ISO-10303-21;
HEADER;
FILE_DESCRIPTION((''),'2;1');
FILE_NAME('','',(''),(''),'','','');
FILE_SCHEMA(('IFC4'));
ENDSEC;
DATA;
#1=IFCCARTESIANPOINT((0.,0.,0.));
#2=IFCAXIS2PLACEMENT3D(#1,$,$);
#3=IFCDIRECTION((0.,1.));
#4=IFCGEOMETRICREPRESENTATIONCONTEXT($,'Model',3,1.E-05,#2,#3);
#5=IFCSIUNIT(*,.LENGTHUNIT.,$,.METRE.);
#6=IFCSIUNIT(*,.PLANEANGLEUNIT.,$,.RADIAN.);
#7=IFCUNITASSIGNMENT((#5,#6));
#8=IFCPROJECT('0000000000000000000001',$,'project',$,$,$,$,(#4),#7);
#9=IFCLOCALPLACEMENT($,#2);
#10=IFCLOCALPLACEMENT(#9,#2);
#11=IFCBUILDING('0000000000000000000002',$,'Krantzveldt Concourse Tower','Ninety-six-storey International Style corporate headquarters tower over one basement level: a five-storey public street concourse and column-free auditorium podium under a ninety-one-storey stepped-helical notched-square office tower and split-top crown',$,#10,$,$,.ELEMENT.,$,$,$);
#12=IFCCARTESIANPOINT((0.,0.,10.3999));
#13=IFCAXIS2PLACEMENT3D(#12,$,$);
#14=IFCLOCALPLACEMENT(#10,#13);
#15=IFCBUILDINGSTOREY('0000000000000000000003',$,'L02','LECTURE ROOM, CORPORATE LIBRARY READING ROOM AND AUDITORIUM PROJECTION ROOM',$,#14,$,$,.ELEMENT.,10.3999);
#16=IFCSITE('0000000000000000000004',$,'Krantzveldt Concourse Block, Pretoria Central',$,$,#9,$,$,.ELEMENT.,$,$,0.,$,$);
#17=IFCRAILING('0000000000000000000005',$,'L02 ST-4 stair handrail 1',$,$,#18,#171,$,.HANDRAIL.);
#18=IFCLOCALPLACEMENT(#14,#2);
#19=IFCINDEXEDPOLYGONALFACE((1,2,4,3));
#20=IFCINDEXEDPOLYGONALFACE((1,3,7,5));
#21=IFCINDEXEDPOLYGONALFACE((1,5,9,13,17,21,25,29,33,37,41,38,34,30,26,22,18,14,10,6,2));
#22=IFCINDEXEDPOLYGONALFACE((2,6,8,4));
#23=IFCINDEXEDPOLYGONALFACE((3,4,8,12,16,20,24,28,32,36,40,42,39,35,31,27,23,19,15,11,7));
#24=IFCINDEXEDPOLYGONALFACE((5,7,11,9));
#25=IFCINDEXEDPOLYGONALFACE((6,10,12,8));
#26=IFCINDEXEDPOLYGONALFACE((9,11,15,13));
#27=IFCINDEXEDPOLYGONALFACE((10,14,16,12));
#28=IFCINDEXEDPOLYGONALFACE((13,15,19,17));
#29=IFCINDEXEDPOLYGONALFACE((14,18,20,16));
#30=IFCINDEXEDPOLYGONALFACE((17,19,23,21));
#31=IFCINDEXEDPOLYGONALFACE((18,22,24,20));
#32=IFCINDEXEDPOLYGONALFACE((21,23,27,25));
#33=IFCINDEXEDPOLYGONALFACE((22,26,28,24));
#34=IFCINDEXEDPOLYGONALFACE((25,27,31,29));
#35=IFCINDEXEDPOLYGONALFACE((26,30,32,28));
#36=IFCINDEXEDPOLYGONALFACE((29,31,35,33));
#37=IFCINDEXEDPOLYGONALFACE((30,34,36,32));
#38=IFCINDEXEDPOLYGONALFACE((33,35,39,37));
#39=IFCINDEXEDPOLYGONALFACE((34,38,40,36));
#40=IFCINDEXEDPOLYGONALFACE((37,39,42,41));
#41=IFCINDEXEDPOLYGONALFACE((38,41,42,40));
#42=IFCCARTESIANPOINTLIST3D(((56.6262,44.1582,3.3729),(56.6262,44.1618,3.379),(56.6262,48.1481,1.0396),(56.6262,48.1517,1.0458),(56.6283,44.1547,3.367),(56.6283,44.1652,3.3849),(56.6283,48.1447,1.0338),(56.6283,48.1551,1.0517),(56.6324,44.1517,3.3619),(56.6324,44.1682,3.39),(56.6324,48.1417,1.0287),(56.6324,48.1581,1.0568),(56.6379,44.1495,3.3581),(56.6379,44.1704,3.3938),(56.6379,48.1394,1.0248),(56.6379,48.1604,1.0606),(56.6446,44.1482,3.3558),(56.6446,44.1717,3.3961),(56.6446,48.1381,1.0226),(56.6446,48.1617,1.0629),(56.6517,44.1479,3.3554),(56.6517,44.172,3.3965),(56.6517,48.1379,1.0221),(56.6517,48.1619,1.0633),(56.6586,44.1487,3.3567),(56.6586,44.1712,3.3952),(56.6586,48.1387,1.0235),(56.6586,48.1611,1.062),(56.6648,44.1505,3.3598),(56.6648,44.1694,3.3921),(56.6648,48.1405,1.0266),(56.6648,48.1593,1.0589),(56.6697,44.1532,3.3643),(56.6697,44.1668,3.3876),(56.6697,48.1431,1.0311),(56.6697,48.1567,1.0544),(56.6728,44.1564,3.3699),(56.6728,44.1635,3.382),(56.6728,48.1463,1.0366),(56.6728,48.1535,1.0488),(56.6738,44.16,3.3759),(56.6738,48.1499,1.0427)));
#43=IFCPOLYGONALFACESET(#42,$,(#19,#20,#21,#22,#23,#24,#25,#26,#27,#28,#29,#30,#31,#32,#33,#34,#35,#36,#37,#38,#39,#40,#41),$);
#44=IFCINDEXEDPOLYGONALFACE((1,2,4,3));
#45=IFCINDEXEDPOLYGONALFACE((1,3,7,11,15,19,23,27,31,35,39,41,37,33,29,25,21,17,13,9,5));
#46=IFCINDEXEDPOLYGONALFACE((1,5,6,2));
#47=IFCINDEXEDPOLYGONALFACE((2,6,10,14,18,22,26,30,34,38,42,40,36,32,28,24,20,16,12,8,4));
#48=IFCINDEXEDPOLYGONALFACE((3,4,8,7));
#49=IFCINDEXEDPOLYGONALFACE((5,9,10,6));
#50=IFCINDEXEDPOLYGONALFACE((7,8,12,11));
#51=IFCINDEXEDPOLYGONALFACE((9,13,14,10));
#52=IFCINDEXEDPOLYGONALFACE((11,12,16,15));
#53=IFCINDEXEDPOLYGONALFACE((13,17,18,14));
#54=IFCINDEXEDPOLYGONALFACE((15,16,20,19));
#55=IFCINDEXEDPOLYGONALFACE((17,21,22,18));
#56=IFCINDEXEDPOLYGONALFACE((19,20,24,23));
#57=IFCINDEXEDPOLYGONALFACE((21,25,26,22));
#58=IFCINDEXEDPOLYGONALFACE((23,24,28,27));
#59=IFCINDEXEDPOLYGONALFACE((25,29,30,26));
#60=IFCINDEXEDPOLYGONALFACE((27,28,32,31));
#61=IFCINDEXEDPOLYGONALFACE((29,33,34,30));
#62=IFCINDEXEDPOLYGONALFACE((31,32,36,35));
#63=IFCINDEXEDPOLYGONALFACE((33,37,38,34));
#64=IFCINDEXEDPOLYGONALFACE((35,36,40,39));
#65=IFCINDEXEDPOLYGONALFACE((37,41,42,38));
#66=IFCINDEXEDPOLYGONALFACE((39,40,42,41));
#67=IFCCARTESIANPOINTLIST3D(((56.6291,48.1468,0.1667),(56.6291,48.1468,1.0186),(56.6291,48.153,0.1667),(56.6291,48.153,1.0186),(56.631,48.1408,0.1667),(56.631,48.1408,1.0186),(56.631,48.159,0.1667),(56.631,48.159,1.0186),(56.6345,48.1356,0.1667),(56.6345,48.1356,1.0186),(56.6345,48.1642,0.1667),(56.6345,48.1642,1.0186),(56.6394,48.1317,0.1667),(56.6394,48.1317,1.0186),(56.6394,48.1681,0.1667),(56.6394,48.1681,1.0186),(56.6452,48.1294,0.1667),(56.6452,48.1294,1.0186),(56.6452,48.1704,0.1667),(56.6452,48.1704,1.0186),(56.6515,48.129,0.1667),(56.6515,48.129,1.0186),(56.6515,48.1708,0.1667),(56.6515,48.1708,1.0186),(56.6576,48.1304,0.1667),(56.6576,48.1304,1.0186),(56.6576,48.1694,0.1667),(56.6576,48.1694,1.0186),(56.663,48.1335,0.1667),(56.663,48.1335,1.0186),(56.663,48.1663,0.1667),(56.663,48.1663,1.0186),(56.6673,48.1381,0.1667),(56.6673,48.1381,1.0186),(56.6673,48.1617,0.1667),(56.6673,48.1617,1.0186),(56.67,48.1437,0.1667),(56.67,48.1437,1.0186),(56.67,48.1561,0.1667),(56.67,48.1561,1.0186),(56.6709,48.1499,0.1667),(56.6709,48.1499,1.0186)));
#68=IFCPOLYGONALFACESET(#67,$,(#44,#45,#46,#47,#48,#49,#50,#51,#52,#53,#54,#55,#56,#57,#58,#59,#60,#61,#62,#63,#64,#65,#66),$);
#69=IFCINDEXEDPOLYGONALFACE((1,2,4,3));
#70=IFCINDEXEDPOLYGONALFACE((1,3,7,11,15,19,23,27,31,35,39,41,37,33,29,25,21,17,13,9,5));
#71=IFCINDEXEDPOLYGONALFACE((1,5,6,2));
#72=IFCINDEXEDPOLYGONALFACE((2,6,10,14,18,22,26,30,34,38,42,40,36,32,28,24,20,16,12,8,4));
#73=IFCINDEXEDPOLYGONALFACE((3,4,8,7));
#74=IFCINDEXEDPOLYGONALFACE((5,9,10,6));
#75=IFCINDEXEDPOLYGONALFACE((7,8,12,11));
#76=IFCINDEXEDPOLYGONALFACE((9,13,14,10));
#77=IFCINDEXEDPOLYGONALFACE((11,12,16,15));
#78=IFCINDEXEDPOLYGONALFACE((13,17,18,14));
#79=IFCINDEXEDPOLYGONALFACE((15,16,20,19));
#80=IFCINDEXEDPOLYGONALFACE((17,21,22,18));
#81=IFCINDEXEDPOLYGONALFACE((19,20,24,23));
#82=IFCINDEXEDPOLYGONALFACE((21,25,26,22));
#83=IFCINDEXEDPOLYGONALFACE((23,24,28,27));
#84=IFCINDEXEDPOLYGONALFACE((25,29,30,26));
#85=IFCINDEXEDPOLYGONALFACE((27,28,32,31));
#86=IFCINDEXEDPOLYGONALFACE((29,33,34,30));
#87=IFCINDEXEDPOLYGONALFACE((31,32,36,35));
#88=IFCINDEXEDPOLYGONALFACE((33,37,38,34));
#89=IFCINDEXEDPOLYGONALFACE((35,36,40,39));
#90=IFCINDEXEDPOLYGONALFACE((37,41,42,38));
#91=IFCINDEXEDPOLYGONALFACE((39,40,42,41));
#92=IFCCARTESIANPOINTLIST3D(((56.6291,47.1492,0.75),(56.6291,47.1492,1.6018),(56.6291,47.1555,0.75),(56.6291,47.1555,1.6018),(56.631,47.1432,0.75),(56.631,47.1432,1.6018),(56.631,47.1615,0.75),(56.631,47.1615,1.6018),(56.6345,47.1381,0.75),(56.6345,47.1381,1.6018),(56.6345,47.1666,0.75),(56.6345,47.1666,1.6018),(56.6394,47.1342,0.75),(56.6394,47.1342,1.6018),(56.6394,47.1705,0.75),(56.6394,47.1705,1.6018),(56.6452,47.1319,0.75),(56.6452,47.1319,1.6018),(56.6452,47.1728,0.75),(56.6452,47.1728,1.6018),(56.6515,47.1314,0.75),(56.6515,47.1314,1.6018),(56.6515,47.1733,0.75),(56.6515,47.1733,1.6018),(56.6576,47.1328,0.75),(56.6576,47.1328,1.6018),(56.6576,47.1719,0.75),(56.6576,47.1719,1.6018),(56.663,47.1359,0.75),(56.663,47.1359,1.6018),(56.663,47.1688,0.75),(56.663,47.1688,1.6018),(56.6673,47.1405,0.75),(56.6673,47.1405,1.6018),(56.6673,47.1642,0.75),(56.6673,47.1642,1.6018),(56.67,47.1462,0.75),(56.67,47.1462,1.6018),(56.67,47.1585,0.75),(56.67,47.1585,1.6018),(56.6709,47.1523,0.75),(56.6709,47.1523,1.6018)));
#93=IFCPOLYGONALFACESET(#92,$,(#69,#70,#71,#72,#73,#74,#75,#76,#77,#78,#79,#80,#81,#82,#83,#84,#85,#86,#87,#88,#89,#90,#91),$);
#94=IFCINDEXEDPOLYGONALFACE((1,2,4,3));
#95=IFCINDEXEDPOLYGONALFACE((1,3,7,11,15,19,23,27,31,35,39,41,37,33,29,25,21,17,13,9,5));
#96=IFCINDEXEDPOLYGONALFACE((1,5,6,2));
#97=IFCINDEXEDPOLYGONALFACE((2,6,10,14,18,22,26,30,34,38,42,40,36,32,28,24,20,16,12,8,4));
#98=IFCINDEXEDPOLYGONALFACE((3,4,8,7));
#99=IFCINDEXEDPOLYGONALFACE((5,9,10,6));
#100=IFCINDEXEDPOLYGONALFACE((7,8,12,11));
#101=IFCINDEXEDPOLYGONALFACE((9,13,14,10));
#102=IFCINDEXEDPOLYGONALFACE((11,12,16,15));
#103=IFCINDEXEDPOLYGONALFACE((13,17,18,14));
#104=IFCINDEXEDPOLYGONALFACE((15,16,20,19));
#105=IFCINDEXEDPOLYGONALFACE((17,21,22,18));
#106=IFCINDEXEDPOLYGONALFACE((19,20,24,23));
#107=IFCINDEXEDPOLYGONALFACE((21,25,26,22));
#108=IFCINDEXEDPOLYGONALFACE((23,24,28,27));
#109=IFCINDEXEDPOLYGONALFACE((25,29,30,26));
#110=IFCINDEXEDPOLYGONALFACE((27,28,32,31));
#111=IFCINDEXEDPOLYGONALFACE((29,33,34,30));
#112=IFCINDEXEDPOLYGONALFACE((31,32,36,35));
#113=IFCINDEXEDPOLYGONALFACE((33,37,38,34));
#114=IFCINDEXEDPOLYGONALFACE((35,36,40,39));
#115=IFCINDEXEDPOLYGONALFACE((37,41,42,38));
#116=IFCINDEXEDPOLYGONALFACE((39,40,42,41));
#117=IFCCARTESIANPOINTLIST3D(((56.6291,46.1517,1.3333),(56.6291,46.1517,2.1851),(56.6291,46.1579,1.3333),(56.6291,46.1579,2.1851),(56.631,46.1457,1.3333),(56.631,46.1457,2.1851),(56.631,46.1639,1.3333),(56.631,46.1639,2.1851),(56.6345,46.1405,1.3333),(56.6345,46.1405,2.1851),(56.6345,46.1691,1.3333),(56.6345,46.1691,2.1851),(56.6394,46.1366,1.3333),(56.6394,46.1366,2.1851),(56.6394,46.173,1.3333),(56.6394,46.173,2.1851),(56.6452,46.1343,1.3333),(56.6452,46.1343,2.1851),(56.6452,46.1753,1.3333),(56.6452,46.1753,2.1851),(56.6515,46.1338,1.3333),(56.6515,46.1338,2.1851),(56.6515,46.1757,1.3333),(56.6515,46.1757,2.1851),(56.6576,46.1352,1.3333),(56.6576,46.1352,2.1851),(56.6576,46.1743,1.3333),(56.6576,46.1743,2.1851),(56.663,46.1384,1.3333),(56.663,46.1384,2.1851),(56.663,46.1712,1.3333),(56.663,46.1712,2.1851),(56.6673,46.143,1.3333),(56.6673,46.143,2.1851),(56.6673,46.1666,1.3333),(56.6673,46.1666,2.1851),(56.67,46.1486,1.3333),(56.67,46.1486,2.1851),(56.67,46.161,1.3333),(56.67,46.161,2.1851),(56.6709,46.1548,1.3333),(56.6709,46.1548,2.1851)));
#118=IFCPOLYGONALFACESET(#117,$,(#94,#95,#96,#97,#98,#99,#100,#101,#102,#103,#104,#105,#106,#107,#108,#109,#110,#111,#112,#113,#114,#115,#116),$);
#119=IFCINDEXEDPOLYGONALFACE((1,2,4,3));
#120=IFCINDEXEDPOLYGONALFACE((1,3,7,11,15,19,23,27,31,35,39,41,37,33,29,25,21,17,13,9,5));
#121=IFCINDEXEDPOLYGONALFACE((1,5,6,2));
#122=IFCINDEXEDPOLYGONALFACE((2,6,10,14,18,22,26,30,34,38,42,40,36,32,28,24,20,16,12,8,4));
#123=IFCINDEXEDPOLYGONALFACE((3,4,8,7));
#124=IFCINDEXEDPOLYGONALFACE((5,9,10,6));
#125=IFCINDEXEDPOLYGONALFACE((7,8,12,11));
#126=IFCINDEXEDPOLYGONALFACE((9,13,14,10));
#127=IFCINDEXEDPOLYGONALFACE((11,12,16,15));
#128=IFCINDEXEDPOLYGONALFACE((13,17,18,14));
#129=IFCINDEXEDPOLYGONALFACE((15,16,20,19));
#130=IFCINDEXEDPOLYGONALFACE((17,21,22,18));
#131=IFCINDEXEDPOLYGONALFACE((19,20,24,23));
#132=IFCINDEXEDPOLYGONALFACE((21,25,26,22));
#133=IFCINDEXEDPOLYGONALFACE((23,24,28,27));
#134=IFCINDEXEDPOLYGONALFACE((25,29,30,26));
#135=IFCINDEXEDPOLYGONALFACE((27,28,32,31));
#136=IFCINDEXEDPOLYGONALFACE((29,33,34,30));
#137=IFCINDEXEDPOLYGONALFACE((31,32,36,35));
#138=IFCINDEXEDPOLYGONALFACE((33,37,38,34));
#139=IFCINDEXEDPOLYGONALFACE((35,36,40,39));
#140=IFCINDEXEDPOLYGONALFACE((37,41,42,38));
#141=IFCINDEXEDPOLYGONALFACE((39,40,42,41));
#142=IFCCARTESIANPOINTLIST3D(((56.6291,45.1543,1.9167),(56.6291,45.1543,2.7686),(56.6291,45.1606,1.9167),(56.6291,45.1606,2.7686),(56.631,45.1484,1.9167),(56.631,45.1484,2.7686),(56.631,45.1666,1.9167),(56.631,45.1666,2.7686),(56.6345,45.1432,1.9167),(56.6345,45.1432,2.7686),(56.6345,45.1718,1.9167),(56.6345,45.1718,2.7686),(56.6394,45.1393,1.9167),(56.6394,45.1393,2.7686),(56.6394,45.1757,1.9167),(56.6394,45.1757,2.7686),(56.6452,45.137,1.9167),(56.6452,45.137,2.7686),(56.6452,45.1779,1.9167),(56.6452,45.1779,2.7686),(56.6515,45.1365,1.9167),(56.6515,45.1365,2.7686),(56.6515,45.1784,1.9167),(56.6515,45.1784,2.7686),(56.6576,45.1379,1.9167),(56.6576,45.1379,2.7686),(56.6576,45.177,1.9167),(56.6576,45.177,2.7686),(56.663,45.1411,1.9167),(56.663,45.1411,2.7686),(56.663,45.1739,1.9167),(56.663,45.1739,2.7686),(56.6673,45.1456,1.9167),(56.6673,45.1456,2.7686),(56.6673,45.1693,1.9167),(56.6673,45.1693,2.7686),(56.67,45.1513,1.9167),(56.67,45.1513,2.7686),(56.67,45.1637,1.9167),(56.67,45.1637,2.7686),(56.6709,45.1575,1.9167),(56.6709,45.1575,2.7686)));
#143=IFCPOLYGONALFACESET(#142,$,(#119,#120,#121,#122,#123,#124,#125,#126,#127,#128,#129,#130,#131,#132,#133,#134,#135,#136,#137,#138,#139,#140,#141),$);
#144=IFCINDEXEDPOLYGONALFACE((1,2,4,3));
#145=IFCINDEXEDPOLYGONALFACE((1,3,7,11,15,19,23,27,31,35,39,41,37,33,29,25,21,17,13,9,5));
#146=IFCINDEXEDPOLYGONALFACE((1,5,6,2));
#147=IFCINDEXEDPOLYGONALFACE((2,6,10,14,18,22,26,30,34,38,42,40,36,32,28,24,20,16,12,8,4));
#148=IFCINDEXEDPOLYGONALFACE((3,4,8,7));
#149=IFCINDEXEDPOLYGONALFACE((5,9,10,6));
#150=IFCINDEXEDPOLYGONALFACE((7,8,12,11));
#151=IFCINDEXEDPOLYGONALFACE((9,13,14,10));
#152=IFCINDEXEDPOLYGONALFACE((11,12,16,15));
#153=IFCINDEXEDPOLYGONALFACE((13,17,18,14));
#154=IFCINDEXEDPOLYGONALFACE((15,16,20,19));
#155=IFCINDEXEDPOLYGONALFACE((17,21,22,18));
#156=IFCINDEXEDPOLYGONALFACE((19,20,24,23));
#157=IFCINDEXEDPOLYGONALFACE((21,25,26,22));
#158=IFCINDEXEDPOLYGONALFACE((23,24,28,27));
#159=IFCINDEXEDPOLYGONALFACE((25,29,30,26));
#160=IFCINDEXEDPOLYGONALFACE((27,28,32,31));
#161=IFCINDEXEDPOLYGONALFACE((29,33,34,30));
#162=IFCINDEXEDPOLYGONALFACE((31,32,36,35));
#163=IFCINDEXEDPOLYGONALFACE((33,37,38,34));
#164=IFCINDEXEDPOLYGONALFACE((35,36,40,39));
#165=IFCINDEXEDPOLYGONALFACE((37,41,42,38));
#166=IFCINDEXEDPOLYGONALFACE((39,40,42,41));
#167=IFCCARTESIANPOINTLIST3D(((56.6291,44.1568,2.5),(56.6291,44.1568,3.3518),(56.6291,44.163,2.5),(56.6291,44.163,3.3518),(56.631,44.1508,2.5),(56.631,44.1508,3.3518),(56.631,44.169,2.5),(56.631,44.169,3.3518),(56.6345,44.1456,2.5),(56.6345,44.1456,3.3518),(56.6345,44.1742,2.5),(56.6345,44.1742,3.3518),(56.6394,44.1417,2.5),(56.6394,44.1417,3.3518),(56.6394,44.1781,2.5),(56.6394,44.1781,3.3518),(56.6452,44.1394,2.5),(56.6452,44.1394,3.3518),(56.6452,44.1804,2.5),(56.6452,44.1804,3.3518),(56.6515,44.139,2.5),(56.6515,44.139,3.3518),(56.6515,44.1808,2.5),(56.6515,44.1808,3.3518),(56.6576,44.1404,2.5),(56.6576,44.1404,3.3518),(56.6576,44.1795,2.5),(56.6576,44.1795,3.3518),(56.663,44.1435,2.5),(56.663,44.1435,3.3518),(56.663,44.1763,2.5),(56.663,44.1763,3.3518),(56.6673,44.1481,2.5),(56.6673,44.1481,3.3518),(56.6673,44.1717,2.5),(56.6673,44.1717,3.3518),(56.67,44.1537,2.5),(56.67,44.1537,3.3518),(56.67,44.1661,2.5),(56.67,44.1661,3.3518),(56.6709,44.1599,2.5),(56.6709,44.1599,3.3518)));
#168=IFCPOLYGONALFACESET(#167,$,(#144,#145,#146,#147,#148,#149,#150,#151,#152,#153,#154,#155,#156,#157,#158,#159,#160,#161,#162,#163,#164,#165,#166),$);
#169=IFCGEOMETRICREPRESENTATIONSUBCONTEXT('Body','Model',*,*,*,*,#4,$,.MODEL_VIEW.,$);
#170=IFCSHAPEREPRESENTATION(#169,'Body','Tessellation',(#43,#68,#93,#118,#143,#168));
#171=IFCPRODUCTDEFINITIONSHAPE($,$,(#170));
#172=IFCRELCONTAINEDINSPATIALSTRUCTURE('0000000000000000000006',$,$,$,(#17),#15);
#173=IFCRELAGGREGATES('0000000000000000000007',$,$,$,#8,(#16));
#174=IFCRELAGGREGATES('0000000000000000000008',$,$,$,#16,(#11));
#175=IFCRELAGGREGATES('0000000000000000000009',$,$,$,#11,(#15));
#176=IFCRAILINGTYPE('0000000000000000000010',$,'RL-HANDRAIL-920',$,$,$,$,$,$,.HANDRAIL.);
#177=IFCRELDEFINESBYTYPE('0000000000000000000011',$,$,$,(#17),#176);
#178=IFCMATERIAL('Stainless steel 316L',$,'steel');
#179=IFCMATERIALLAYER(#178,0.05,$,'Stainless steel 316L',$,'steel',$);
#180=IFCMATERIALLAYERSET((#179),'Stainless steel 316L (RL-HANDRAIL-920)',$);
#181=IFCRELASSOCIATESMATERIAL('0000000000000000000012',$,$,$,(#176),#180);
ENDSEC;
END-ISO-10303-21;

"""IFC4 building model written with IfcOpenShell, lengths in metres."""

from ifc_helpers import new_model, si_unit, direction, frame, origin, origin_2d, place, context, subcontext, project, spatial, circle, extrude, material, layer, layer_set, type_object, element, save


model = new_model("IFC4")

# Units and contexts
model_context = context("Model", 3, precision=1e-05, world=origin(), true_north=direction((0.0, 1.0)))
body_context = subcontext(model_context, "Body", "Model", "MODEL_VIEW")
ifc_project = project(units=[si_unit("LENGTHUNIT", "METRE"), si_unit("PLANEANGLEUNIT", "RADIAN")], contexts=[model_context])

# Site, building, storey
site_placement = place(None, origin())
site = spatial("IfcSite", under=ifc_project, at=site_placement, Name="Krantzveldt Concourse Block, Pretoria Central", CompositionType="ELEMENT", RefElevation=0.0)
building_placement = place(site_placement, origin())
building = spatial("IfcBuilding", under=site, at=building_placement, Name="Krantzveldt Concourse Tower", Description="Ninety-six-storey International Style corporate headquarters tower over one basement level: a five-storey public street concourse and column-free auditorium podium under a ninety-one-storey stepped-helical notched-square office tower and split-top crown", CompositionType="ELEMENT")
storey_placement = place(building_placement, frame((0.0, 0.0, 10.3999)))
storey = spatial("IfcBuildingStorey", under=building, at=storey_placement, Name="L02", Description="LECTURE ROOM, CORPORATE LIBRARY READING ROOM AND AUDITORIUM PROJECTION ROOM", CompositionType="ELEMENT", Elevation=10.3999)

# Railing
ifc_material_1 = material(Name="Stainless steel 316L", Category="steel")
ifc_layer_1 = layer(ifc_material_1, 0.05, Name="Stainless steel 316L", Category="steel")
ifc_layer_set_1 = layer_set([ifc_layer_1], Name="Stainless steel 316L (RL-HANDRAIL-920)")
railing_type_1 = type_object("IfcRailingType", Name="RL-HANDRAIL-920", PredefinedType="HANDRAIL", material=ifc_layer_set_1)
railing_1_placement = place(storey_placement, frame((56.6499, 48.1499, 0.1667)))
element("IfcRailing", 1, at=railing_1_placement, inside=storey, type_object=railing_type_1, Name="L02 ST-4 stair handrail 1", PredefinedType="HANDRAIL", context=body_context, shape_type="SweptSolid", body=[
    extrude(circle(Radius=0.0239, at=origin_2d()), frame((0.0, 0.0, 0.876), z_axis=(0.0, -0.863236, 0.5048), x_axis=(1.0, 0.0, 0.0)), (0.0, 0.0, 1.0), 4.6221),
    extrude(circle(Radius=0.021, at=origin_2d()), origin(), (0.0, 0.0, 1.0), 0.8518),
    extrude(circle(Radius=0.021, at=origin_2d()), frame((0.0, -0.9976, 0.5833)), (0.0, 0.0, 1.0), 0.8518),
    extrude(circle(Radius=0.021, at=origin_2d()), frame((0.0, -1.9951, 1.1665)), (0.0, 0.0, 1.0), 0.8518),
    extrude(circle(Radius=0.021, at=origin_2d()), frame((0.0, -2.9924, 1.75)), (0.0, 0.0, 1.0), 0.8518),
    extrude(circle(Radius=0.021, at=origin_2d()), frame((0.0, -3.99, 2.3333)), (0.0, 0.0, 1.0), 0.8518),
])

save(model, "model.ifc")
